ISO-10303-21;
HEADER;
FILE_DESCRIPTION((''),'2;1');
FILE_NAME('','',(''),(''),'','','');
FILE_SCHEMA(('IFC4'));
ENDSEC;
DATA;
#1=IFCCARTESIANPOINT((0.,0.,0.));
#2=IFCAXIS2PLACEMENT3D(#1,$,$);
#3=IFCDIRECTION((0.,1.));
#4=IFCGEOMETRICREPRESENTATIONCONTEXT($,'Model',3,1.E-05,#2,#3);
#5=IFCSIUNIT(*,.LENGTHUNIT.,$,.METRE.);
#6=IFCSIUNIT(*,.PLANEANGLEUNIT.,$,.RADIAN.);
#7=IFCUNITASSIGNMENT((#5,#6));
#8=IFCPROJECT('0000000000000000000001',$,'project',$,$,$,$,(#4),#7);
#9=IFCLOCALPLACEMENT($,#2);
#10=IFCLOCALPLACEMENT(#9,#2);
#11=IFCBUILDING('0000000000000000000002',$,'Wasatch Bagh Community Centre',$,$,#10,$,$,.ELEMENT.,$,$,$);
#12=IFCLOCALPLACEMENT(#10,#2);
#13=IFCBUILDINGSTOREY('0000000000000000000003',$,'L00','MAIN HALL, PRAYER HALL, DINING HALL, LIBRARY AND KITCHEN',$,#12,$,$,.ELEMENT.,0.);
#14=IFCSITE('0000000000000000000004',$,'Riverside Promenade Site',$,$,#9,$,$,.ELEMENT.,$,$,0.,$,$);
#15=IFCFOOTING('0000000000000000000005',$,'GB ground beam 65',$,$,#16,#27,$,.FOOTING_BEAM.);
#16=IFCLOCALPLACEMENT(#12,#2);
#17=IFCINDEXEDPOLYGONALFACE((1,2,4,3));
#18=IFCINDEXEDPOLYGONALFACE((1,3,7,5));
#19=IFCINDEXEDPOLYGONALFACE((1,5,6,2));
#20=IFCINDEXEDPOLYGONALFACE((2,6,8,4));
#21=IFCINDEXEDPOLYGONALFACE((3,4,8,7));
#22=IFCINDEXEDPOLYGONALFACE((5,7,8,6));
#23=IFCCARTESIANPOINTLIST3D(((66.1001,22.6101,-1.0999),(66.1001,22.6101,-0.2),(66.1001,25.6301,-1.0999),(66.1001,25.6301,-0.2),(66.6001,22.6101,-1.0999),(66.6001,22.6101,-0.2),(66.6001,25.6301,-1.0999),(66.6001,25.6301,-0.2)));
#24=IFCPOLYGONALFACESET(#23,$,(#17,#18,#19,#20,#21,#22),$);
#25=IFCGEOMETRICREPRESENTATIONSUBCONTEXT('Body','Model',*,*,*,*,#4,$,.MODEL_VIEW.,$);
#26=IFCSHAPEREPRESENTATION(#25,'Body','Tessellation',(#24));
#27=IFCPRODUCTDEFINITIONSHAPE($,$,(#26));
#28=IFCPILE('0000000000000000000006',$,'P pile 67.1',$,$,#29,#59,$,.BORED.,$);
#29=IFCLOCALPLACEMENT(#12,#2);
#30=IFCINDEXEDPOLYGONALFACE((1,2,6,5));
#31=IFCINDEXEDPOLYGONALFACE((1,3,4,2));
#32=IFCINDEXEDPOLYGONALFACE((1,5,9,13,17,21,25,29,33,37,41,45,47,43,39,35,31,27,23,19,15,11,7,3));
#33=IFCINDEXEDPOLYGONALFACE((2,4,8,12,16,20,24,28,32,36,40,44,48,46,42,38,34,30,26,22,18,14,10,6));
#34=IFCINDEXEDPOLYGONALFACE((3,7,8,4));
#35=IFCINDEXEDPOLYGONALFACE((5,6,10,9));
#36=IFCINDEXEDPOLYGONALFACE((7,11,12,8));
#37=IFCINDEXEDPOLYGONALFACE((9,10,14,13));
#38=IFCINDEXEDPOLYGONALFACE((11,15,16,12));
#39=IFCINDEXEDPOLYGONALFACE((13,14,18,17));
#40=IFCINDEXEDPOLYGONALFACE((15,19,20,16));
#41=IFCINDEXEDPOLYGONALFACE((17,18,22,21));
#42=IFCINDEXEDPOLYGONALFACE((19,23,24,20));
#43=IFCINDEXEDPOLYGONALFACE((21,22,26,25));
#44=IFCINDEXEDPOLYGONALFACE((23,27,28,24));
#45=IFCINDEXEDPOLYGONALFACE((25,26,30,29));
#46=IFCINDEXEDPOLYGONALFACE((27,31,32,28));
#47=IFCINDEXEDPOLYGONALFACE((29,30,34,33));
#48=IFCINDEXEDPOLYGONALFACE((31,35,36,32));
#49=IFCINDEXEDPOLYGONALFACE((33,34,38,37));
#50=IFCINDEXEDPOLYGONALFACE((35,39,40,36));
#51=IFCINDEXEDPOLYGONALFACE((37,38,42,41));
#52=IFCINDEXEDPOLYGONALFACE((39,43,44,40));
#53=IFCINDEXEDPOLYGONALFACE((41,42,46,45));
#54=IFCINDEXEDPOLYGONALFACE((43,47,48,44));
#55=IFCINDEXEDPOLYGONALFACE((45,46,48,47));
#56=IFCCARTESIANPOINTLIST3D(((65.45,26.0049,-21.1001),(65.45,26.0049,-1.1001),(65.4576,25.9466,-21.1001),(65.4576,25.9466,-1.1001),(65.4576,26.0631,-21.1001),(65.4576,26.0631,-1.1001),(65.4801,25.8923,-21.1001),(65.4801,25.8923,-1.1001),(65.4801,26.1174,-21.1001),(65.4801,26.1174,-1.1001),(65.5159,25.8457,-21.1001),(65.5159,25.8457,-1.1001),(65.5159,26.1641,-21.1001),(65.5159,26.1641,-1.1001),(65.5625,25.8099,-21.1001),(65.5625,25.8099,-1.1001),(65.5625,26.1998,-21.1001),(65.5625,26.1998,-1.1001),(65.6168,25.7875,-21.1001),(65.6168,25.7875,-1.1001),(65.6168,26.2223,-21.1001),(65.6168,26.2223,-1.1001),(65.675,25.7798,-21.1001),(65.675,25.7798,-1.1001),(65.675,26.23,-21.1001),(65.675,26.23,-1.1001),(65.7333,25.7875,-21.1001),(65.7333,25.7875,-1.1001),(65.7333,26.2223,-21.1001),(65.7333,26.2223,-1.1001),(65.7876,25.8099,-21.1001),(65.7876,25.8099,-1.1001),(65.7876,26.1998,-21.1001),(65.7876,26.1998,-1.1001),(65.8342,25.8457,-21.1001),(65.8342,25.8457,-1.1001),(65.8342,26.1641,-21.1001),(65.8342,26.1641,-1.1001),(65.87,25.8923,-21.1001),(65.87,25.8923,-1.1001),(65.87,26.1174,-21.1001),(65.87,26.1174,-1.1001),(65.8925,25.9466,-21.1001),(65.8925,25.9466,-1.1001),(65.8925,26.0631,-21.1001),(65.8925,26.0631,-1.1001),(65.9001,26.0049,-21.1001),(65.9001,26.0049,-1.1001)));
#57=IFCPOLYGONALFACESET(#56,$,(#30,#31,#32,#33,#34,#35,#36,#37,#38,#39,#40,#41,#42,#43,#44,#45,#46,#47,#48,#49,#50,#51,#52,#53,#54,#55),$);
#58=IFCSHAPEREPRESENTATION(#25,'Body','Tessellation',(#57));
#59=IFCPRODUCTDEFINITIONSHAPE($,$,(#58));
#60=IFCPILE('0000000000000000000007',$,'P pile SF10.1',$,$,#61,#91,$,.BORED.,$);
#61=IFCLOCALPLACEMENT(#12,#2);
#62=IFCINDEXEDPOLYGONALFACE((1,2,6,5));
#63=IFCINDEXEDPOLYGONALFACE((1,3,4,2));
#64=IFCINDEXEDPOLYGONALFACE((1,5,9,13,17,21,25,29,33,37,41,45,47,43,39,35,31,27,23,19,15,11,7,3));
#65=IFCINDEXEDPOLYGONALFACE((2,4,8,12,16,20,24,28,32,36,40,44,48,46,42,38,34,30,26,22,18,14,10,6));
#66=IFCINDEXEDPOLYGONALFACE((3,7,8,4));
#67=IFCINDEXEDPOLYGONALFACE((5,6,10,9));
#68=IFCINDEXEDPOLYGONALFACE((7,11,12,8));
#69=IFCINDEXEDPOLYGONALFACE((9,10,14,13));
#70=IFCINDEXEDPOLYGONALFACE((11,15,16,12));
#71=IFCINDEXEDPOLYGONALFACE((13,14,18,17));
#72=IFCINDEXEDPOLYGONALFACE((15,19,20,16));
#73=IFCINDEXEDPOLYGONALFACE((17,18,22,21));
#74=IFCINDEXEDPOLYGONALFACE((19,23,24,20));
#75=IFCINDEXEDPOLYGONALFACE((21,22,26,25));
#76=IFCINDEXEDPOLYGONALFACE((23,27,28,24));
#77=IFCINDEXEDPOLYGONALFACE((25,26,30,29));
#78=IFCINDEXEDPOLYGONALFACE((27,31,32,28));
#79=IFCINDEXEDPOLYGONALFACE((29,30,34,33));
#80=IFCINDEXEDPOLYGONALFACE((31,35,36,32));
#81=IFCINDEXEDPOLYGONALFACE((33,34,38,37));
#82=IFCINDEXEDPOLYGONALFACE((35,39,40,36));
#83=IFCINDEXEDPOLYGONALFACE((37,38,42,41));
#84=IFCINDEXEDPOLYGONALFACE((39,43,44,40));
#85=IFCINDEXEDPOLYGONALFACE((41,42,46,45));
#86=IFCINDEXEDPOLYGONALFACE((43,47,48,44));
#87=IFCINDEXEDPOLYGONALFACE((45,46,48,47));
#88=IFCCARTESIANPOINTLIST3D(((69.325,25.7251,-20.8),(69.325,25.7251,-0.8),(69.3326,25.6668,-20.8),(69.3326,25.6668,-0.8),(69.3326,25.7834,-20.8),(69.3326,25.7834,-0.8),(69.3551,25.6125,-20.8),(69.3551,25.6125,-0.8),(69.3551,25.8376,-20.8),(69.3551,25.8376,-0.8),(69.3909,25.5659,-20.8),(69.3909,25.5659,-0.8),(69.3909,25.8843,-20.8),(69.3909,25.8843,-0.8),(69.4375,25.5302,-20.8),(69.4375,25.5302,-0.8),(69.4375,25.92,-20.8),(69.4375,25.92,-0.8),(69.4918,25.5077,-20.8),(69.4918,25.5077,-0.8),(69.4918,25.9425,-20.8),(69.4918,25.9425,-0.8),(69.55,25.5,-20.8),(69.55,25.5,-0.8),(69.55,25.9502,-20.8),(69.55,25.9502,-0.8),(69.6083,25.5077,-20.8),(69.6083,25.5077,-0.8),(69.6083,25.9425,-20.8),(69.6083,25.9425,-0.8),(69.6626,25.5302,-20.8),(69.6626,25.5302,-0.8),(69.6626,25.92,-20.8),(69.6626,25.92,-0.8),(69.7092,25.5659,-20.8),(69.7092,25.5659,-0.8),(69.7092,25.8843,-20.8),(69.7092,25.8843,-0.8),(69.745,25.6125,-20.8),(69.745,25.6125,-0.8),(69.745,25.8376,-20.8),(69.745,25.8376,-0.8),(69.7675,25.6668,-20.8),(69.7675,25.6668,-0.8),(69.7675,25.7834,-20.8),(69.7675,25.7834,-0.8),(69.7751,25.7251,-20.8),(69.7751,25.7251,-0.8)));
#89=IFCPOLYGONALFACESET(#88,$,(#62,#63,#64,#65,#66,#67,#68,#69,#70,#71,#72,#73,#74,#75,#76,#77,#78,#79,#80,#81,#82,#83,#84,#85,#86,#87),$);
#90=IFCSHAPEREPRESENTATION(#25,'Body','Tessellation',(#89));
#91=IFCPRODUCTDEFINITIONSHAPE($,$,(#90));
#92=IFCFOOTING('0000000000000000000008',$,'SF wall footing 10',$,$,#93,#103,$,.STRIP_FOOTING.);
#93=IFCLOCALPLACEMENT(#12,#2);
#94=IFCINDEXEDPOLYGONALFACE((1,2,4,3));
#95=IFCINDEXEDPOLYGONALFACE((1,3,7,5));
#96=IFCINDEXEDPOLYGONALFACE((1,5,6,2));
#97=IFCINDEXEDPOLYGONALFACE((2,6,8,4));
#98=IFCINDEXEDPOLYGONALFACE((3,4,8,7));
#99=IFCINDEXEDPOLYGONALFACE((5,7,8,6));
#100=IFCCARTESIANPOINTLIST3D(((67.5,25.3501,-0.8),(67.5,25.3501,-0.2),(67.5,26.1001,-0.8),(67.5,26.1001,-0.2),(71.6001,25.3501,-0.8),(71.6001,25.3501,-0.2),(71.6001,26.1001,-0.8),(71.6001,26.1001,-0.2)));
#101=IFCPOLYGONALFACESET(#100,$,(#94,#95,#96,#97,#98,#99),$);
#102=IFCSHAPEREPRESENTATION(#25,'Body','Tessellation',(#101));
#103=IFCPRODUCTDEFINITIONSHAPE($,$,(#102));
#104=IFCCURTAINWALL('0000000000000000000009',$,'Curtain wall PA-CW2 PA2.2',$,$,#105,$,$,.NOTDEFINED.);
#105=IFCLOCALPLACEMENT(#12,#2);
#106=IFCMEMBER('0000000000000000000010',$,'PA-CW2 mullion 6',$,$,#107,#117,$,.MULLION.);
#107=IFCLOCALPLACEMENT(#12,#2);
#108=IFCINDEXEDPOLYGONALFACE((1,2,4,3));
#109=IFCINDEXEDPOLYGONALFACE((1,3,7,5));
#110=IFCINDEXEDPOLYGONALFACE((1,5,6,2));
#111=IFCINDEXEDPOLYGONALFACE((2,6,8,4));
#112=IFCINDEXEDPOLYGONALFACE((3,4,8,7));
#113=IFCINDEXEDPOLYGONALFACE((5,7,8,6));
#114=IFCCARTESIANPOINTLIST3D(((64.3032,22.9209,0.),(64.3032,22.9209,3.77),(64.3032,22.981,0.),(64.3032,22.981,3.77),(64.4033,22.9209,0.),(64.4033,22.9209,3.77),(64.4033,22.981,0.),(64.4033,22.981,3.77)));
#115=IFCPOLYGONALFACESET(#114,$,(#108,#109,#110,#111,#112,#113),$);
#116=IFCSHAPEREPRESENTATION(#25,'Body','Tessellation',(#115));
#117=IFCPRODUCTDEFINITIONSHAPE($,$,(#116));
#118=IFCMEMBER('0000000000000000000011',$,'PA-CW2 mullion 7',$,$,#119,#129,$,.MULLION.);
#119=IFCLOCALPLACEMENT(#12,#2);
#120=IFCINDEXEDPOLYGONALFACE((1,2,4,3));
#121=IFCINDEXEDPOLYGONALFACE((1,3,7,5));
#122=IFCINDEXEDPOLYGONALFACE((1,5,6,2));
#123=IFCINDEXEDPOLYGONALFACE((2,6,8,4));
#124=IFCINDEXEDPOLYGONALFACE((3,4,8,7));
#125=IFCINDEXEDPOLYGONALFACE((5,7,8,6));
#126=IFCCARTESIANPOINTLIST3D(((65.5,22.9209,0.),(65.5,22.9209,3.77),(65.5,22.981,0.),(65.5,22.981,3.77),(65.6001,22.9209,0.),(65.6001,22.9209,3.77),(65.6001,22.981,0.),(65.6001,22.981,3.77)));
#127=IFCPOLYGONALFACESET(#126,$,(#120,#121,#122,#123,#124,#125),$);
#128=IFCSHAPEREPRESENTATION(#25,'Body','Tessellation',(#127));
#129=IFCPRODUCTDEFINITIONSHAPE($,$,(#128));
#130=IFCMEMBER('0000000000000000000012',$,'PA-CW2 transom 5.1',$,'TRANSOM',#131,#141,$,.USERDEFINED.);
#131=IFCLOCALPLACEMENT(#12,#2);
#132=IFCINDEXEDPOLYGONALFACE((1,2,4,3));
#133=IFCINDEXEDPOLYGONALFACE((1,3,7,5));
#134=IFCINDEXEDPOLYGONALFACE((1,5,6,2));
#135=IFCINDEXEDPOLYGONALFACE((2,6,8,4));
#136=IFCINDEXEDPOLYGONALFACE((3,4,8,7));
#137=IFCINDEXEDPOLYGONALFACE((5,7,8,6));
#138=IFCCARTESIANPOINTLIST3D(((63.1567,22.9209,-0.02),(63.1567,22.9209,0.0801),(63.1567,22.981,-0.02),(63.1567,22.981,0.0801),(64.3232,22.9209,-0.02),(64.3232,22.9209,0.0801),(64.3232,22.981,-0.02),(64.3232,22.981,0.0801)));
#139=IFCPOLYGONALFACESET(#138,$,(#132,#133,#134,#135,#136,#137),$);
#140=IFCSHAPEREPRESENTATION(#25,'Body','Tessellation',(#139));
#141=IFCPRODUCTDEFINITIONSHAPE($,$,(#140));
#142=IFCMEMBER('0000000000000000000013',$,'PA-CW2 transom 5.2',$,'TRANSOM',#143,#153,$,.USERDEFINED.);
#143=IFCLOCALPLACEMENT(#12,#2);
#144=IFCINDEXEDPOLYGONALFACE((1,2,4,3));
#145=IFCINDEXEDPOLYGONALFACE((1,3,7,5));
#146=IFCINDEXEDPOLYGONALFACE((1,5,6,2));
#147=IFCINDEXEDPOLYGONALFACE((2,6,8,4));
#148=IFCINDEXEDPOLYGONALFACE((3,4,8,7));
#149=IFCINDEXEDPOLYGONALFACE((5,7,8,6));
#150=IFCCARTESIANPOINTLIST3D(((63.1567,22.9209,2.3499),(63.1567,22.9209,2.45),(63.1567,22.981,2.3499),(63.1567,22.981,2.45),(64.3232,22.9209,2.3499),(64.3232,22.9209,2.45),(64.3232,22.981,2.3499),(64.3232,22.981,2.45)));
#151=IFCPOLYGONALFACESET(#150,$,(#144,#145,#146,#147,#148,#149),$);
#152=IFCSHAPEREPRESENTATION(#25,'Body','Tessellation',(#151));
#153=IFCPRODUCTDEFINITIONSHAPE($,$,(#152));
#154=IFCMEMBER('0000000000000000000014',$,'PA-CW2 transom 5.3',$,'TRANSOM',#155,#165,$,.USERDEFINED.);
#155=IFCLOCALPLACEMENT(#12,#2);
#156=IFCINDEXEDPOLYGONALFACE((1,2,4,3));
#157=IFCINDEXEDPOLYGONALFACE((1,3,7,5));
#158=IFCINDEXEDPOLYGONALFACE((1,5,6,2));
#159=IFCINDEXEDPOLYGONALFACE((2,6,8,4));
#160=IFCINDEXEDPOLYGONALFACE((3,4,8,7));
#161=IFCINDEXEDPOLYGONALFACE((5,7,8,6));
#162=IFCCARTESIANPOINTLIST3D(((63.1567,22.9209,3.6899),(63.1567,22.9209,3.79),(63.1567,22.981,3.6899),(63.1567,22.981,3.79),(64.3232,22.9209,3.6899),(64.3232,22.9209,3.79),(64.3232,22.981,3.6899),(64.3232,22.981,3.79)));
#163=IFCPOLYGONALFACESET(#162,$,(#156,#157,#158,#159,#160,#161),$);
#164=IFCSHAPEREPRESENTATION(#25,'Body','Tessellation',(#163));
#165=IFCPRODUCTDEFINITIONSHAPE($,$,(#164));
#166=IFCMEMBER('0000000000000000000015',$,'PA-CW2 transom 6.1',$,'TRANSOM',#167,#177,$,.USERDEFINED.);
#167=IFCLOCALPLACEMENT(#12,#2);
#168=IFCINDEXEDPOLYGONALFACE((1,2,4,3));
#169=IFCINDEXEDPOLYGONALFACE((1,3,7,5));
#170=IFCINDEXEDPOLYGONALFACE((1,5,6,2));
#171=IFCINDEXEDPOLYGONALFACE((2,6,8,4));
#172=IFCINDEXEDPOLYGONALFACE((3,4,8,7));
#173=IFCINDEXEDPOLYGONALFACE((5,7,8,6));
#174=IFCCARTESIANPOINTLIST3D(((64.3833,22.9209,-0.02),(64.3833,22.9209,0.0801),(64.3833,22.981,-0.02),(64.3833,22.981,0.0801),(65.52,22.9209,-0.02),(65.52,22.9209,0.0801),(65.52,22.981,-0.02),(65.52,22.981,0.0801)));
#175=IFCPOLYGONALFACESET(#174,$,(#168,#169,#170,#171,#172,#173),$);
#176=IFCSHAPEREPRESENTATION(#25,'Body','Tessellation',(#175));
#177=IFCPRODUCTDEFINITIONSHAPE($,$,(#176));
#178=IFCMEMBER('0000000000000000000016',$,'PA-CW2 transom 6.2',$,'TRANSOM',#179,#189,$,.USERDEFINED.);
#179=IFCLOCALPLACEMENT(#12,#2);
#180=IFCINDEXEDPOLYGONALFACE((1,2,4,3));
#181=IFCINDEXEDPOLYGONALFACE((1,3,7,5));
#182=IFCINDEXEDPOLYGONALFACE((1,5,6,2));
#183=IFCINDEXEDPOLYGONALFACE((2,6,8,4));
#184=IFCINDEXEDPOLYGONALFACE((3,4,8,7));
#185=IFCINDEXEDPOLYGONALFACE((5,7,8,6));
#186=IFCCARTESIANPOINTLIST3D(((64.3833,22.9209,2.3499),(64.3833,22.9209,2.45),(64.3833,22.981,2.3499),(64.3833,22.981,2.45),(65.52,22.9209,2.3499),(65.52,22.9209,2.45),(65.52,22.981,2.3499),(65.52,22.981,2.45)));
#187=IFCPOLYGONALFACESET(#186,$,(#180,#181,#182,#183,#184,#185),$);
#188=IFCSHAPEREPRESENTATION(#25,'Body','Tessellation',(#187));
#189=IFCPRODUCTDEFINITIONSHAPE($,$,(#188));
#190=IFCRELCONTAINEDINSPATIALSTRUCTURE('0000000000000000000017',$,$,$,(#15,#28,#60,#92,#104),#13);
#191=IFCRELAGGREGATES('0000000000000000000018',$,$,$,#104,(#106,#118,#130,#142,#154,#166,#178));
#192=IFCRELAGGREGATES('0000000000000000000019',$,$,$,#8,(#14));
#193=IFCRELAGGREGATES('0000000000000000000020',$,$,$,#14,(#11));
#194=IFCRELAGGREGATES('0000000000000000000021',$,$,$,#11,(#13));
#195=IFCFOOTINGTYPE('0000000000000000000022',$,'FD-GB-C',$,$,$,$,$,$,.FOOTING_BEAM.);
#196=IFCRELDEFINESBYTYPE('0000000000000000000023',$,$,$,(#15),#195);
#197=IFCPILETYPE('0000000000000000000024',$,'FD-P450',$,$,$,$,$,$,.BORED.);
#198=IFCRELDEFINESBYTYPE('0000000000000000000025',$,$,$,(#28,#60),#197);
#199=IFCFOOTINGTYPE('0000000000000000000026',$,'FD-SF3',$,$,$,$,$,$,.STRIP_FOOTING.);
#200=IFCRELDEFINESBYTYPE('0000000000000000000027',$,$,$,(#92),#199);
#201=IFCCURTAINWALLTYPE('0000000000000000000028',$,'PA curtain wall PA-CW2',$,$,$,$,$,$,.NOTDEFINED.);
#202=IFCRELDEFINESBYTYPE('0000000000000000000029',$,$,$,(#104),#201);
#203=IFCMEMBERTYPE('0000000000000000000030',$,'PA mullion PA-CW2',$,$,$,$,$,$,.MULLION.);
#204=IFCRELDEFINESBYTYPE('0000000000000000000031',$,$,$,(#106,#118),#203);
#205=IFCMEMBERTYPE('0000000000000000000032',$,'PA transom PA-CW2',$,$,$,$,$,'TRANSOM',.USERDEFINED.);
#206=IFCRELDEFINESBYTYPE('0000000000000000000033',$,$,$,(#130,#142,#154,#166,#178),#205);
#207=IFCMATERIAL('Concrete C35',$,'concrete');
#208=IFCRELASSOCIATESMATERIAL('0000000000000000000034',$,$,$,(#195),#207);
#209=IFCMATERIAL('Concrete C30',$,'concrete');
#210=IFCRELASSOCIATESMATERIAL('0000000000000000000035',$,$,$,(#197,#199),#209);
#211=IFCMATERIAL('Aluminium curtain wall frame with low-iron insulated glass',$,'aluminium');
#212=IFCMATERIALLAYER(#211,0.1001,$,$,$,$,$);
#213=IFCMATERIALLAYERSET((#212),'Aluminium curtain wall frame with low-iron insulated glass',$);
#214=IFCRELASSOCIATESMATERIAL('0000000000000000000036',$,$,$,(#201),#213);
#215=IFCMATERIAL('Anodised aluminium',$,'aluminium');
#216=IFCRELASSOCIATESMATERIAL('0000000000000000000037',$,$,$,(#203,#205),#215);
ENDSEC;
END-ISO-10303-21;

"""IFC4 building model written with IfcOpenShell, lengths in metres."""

from ifc_helpers import new_model, si_unit, direction, frame, origin, origin_2d, place, context, subcontext, project, spatial, rectangle, circle, extrude, material, layer, layer_set, material_profile, profile_set, type_object, element, aggregate, save


model = new_model("IFC4")

# Units and contexts
model_context = context("Model", 3, precision=1e-05, world=origin(), true_north=direction((0.0, 1.0)))
body_context = subcontext(model_context, "Body", "Model", "MODEL_VIEW")
ifc_project = project(units=[si_unit("LENGTHUNIT", "METRE"), si_unit("PLANEANGLEUNIT", "RADIAN")], contexts=[model_context])

# Site, building, storey
site_placement = place(None, origin())
site = spatial("IfcSite", under=ifc_project, at=site_placement, Name="Riverside Promenade Site", CompositionType="ELEMENT", RefElevation=0.0)
building_placement = place(site_placement, origin())
building = spatial("IfcBuilding", under=site, at=building_placement, Name="Wasatch Bagh Community Centre", CompositionType="ELEMENT")
storey_placement = place(building_placement, origin())
storey = spatial("IfcBuildingStorey", under=building, at=storey_placement, Name="L00", Description="MAIN HALL, PRAYER HALL, DINING HALL, LIBRARY AND KITCHEN", CompositionType="ELEMENT", Elevation=0.0)

# Footing
ifc_material_1 = material(Name="Concrete C35", Category="concrete")
footing_type_1 = type_object("IfcFootingType", Name="FD-GB-C", PredefinedType="FOOTING_BEAM", material=ifc_material_1)
footing_1_placement = place(storey_placement, frame((66.3501, 24.1201, -1.0999), z_axis=(0.0, 0.0, 1.0), x_axis=(0.0, -1.0, 0.0)))
element("IfcFooting", 1, at=footing_1_placement, inside=storey, type_object=footing_type_1, Name="GB ground beam 65", PredefinedType="FOOTING_BEAM", context=body_context, shape_type="SweptSolid", body=[
    extrude(rectangle(XDim=3.02, YDim=0.5, at=origin_2d()), origin(), (0.0, 0.0, 1.0), 0.8999),
])

# Piles
ifc_material_2 = material(Name="Concrete C30", Category="concrete")
ifc_material_profile_1 = material_profile(ifc_material_2, circle(Radius=0.2251, at=origin_2d()), Name="RC D450")
ifc_profile_set_1 = profile_set([ifc_material_profile_1], Name="Concrete C30")
pile_type = type_object("IfcPileType", Name="FD-P450", PredefinedType="BORED", material=ifc_profile_set_1)
for number, where, z_axis, x_axis, name in (
    (2, (65.675, 26.0049, -1.1001), (0.0, 0.0, -1.0), (1.0, 0.0, 0.0), "P pile 67.1"),
    (3, (69.55, 25.7251, -0.8), (0.0, 0.0, -1.0), (1.0, 0.0, 0.0), "P pile SF10.1"),
):
    element("IfcPile", number, at=place(storey_placement, frame(where, z_axis=z_axis, x_axis=x_axis)), inside=storey, type_object=pile_type, Name=name, PredefinedType="BORED", context=body_context, shape_type="SweptSolid", body=[
        extrude(circle(Radius=0.2251, at=origin_2d()), origin(), (0.0, 0.0, 1.0), 20.0),
    ])

# Footing
footing_type_2 = type_object("IfcFootingType", Name="FD-SF3", PredefinedType="STRIP_FOOTING", material=ifc_material_2)
footing_2_placement = place(storey_placement, frame((69.55, 25.7251, -0.8), z_axis=(0.0, 0.0, 1.0), x_axis=(1.0, 0.0, 0.0)))
element("IfcFooting", 4, at=footing_2_placement, inside=storey, type_object=footing_type_2, Name="SF wall footing 10", PredefinedType="STRIP_FOOTING", context=body_context, shape_type="SweptSolid", body=[
    extrude(rectangle(XDim=4.1001, YDim=0.75, at=origin_2d()), origin(), (0.0, 0.0, 1.0), 0.6001),
])

# Curtain wall, members
ifc_material_3 = material(Name="Aluminium curtain wall frame with low-iron insulated glass", Category="aluminium")
ifc_layer_1 = layer(ifc_material_3, 0.1001)
ifc_layer_set_1 = layer_set([ifc_layer_1], Name="Aluminium curtain wall frame with low-iron insulated glass")
curtain_wall_type = type_object("IfcCurtainWallType", Name="PA curtain wall PA-CW2", PredefinedType="NOTDEFINED", material=ifc_layer_set_1)
curtain_wall_placement = place(storey_placement, origin())
curtain_wall = element("IfcCurtainWall", 5, at=curtain_wall_placement, inside=storey, type_object=curtain_wall_type, Name="Curtain wall PA-CW2 PA2.2", PredefinedType="NOTDEFINED")
ifc_material_4 = material(Name="Anodised aluminium", Category="aluminium")
ifc_material_profile_2 = material_profile(ifc_material_4, rectangle(XDim=0.0601, YDim=0.1001, at=origin_2d()), Name="PA mullion PA-CW2")
ifc_profile_set_2 = profile_set([ifc_material_profile_2], Name="Anodised aluminium")
member_type_1 = type_object("IfcMemberType", Name="PA mullion PA-CW2", PredefinedType="MULLION", material=ifc_profile_set_2)
member_1_placement = place(storey_placement, frame((64.3533, 22.9509, 0.0), z_axis=(0.0, 0.0, 1.0), x_axis=(0.0, 1.0, 0.0)))
member_1 = element("IfcMember", 6, at=member_1_placement, type_object=member_type_1, Name="PA-CW2 mullion 6", PredefinedType="MULLION", context=body_context, shape_type="SweptSolid", body=[
    extrude(rectangle(XDim=0.0601, YDim=0.1001, at=origin_2d()), origin(), (0.0, 0.0, 1.0), 3.77),
])
member_2_placement = place(storey_placement, frame((65.55, 22.9509, 0.0), z_axis=(0.0, 0.0, 1.0), x_axis=(0.0, 1.0, 0.0)))
member_2 = element("IfcMember", 7, at=member_2_placement, type_object=member_type_1, Name="PA-CW2 mullion 7", PredefinedType="MULLION", context=body_context, shape_type="SweptSolid", body=[
    extrude(rectangle(XDim=0.0601, YDim=0.1001, at=origin_2d()), origin(), (0.0, 0.0, 1.0), 3.77),
])
ifc_material_profile_3 = material_profile(ifc_material_4, rectangle(XDim=0.0601, YDim=0.1001, at=origin_2d()), Name="PA transom PA-CW2")
ifc_profile_set_3 = profile_set([ifc_material_profile_3], Name="Anodised aluminium")
member_type_2 = type_object("IfcMemberType", Name="PA transom PA-CW2", ElementType="TRANSOM", PredefinedType="USERDEFINED", material=ifc_profile_set_3)
member_3_placement = place(storey_placement, frame((63.1567, 22.9509, 0.03), z_axis=(1.0, 0.0, 0.0), x_axis=(0.0, 1.0, 0.0)))
member_3 = element("IfcMember", 8, at=member_3_placement, type_object=member_type_2, Name="PA-CW2 transom 5.1", ObjectType="TRANSOM", PredefinedType="USERDEFINED", context=body_context, shape_type="SweptSolid", body=[
    extrude(rectangle(XDim=0.0601, YDim=0.1001, at=origin_2d()), origin(), (0.0, 0.0, 1.0), 1.1665),
])
member_4_placement = place(storey_placement, frame((63.1567, 22.9509, 2.3999), z_axis=(1.0, 0.0, 0.0), x_axis=(0.0, 1.0, 0.0)))
member_4 = element("IfcMember", 9, at=member_4_placement, type_object=member_type_2, Name="PA-CW2 transom 5.2", ObjectType="TRANSOM", PredefinedType="USERDEFINED", context=body_context, shape_type="SweptSolid", body=[
    extrude(rectangle(XDim=0.0601, YDim=0.1001, at=origin_2d()), origin(), (0.0, 0.0, 1.0), 1.1665),
])
member_5_placement = place(storey_placement, frame((63.1567, 22.9509, 3.74), z_axis=(1.0, 0.0, 0.0), x_axis=(0.0, 1.0, 0.0)))
member_5 = element("IfcMember", 10, at=member_5_placement, type_object=member_type_2, Name="PA-CW2 transom 5.3", ObjectType="TRANSOM", PredefinedType="USERDEFINED", context=body_context, shape_type="SweptSolid", body=[
    extrude(rectangle(XDim=0.0601, YDim=0.1001, at=origin_2d()), origin(), (0.0, 0.0, 1.0), 1.1665),
])
member_6_placement = place(storey_placement, frame((64.3833, 22.9509, 0.03), z_axis=(1.0, 0.0, 0.0), x_axis=(0.0, 1.0, 0.0)))
member_6 = element("IfcMember", 11, at=member_6_placement, type_object=member_type_2, Name="PA-CW2 transom 6.1", ObjectType="TRANSOM", PredefinedType="USERDEFINED", context=body_context, shape_type="SweptSolid", body=[
    extrude(rectangle(XDim=0.0601, YDim=0.1001, at=origin_2d()), origin(), (0.0, 0.0, 1.0), 1.1367),
])
member_7_placement = place(storey_placement, frame((64.3833, 22.9509, 2.3999), z_axis=(1.0, 0.0, 0.0), x_axis=(0.0, 1.0, 0.0)))
member_7 = element("IfcMember", 12, at=member_7_placement, type_object=member_type_2, Name="PA-CW2 transom 6.2", ObjectType="TRANSOM", PredefinedType="USERDEFINED", context=body_context, shape_type="SweptSolid", body=[
    extrude(rectangle(XDim=0.0601, YDim=0.1001, at=origin_2d()), origin(), (0.0, 0.0, 1.0), 1.1367),
])
aggregate(curtain_wall, [member_1, member_2, member_3, member_4, member_5, member_6, member_7])

save(model, "model.ifc")
